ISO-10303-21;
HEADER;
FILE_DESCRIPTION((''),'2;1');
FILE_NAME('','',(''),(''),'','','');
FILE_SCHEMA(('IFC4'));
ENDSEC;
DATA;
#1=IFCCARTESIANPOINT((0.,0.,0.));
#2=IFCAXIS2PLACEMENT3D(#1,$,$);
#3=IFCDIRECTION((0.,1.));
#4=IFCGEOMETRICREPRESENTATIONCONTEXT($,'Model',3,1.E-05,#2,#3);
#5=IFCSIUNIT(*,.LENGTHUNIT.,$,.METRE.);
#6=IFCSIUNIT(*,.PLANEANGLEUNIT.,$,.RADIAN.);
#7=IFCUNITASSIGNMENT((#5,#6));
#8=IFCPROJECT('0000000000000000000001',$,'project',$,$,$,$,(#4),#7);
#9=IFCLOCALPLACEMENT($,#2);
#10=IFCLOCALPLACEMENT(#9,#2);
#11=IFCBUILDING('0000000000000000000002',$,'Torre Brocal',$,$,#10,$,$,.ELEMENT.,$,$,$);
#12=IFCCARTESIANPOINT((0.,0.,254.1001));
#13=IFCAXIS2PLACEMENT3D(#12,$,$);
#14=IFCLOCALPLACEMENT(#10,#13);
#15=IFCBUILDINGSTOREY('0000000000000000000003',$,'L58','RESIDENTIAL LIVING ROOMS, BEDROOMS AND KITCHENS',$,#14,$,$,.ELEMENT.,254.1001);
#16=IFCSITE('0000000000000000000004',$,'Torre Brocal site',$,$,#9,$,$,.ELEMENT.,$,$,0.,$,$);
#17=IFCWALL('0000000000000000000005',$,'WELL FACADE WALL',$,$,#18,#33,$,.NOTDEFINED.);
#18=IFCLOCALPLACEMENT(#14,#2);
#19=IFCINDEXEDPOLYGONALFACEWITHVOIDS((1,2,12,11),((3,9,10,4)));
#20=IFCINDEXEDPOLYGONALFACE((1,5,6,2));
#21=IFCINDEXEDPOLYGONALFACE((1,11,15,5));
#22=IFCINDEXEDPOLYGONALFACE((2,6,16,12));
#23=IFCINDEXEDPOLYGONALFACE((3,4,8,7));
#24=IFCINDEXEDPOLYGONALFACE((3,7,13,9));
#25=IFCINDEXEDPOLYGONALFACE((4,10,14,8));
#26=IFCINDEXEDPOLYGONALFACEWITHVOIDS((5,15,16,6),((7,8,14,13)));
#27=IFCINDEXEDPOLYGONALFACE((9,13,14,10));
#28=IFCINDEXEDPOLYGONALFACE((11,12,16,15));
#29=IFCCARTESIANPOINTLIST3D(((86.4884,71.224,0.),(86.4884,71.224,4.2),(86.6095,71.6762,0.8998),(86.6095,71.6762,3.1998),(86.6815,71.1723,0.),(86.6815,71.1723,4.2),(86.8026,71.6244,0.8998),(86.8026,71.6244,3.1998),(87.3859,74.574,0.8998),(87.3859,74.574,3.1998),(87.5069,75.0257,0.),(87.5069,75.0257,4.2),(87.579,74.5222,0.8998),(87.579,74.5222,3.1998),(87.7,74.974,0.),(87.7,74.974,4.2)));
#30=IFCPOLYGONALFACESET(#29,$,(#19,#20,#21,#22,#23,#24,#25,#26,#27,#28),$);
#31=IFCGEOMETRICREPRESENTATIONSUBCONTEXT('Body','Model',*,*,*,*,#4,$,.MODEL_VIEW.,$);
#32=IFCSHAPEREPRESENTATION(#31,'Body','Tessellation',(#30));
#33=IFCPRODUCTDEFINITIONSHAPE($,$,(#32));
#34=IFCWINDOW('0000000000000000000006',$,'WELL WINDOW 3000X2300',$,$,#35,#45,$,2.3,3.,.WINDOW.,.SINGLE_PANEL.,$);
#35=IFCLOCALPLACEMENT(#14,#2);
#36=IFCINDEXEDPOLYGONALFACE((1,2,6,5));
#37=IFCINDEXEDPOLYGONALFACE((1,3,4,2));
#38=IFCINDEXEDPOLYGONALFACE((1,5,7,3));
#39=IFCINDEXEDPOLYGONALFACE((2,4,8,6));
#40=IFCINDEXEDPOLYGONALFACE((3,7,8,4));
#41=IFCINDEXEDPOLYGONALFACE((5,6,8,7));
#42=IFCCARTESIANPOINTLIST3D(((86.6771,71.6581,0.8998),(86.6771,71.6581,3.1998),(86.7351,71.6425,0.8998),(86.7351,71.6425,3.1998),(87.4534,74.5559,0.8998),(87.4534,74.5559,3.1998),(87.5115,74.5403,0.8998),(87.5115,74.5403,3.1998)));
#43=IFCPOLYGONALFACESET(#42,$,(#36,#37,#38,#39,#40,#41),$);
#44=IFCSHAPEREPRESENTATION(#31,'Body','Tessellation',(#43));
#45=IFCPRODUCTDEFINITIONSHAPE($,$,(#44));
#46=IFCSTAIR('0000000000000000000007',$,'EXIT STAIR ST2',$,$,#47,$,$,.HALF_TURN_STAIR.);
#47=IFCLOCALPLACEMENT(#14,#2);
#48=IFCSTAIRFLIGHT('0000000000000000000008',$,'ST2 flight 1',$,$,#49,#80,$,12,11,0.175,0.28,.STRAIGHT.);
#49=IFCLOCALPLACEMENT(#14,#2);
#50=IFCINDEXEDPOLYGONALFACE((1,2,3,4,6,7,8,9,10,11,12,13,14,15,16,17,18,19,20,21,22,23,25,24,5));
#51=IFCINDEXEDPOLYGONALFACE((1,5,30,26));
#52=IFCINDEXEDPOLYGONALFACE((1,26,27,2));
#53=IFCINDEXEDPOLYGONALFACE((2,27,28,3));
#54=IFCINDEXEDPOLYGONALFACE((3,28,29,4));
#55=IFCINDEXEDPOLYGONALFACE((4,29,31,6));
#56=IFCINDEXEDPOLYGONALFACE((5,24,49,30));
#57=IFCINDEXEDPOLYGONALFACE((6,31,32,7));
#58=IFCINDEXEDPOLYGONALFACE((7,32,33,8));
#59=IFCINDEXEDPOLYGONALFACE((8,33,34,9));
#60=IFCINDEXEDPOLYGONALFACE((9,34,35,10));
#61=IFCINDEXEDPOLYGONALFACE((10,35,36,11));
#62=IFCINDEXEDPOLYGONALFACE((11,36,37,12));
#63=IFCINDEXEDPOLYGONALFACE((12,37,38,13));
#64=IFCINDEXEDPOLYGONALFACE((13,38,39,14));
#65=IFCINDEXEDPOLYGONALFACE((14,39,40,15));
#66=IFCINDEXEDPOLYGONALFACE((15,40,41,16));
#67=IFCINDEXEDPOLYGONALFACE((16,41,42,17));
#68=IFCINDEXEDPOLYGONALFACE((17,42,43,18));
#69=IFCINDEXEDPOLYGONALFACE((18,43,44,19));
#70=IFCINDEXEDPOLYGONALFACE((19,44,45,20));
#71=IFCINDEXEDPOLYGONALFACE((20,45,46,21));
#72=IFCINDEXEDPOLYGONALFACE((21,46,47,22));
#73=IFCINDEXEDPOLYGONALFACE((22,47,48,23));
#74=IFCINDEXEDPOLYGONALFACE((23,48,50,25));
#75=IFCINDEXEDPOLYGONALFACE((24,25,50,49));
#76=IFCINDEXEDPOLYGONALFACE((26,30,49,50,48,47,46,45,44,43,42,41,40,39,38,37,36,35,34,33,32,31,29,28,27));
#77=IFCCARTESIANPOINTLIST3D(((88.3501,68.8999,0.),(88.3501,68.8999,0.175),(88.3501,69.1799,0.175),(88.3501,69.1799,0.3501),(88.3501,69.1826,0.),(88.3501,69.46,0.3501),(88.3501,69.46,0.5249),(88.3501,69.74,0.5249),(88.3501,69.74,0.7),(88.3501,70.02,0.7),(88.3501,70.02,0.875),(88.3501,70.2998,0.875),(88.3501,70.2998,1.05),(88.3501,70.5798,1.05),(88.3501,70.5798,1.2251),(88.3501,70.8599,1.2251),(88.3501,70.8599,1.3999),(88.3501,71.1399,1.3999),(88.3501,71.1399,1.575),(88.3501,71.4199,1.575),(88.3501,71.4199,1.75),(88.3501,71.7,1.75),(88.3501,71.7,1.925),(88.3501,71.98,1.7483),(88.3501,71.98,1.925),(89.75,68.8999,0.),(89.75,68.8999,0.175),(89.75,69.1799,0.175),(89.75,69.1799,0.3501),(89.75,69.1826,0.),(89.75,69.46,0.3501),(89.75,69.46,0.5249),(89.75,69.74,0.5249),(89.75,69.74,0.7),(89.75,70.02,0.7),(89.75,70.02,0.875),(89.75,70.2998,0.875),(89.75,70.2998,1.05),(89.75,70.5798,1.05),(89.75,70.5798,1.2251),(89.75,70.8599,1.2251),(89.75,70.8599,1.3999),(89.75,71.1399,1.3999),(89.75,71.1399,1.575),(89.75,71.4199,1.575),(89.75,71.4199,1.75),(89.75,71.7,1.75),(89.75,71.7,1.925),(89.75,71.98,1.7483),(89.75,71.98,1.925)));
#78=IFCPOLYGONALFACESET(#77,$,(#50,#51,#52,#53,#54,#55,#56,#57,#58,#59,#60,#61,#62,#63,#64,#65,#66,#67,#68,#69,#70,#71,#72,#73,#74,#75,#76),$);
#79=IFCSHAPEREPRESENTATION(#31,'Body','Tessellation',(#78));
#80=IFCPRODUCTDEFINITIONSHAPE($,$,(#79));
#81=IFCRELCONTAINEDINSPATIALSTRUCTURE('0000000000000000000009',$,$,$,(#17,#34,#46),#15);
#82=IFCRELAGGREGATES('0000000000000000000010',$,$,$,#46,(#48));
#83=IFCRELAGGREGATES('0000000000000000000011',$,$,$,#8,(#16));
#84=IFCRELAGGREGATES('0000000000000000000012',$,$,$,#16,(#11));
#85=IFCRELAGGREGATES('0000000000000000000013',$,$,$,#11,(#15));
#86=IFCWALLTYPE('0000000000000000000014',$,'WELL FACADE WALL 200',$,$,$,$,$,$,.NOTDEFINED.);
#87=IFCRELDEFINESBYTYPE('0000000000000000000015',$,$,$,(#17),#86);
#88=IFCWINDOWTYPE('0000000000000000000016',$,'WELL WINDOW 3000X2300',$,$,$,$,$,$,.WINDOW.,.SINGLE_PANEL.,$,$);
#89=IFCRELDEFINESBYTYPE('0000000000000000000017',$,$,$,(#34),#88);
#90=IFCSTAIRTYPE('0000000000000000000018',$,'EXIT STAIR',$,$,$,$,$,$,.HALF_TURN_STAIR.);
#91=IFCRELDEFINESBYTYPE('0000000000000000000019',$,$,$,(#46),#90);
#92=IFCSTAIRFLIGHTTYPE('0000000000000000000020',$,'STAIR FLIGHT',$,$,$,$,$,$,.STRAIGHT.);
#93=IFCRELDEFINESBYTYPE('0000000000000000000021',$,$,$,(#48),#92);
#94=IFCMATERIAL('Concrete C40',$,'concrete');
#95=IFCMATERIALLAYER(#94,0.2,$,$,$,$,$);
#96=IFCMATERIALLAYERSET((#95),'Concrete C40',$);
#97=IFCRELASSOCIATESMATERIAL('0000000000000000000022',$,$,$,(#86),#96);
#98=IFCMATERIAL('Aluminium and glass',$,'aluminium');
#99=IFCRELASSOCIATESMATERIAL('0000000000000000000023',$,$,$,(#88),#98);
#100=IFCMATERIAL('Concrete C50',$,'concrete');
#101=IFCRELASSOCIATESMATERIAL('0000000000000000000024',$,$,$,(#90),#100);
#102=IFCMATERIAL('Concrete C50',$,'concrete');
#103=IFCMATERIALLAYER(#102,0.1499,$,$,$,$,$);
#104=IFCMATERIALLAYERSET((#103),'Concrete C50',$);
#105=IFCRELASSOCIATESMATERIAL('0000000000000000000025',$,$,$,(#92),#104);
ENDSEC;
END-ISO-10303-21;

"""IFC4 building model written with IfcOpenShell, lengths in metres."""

from ifc_helpers import new_model, si_unit, direction, frame, frame_2d, origin, place, context, subcontext, project, spatial, polyline, rectangle, outline, extrude, material, layer, layer_set, type_object, element, fill, aggregate, save


model = new_model("IFC4")

# Units and contexts
model_context = context("Model", 3, precision=1e-05, world=origin(), true_north=direction((0.0, 1.0)))
body_context = subcontext(model_context, "Body", "Model", "MODEL_VIEW")
ifc_project = project(units=[si_unit("LENGTHUNIT", "METRE"), si_unit("PLANEANGLEUNIT", "RADIAN")], contexts=[model_context])

# Site, building, storey
site_placement = place(None, origin())
site = spatial("IfcSite", under=ifc_project, at=site_placement, Name="Torre Brocal site", CompositionType="ELEMENT", RefElevation=0.0)
building_placement = place(site_placement, origin())
building = spatial("IfcBuilding", under=site, at=building_placement, Name="Torre Brocal", CompositionType="ELEMENT")
storey_placement = place(building_placement, frame((0.0, 0.0, 254.1001)))
storey = spatial("IfcBuildingStorey", under=building, at=storey_placement, Name="L58", Description="RESIDENTIAL LIVING ROOMS, BEDROOMS AND KITCHENS", CompositionType="ELEMENT", Elevation=254.1001)

# Wall, opening, window
ifc_material_1 = material(Name="Concrete C40", Category="concrete")
ifc_layer_1 = layer(ifc_material_1, 0.2)
ifc_layer_set_1 = layer_set([ifc_layer_1], Name="Concrete C40")
wall_type_1 = type_object("IfcWallType", Name="WELL FACADE WALL 200", PredefinedType="NOTDEFINED", material=ifc_layer_set_1)
ifc_material_2 = material(Name="Aluminium and glass", Category="aluminium")
window_type = type_object("IfcWindowType", Name="WELL WINDOW 3000X2300", PartitioningType="SINGLE_PANEL", PredefinedType="WINDOW", material=ifc_material_2)
wall_1_placement = place(storey_placement, frame((86.585, 71.1982, 0.0), z_axis=(0.0, 0.0, 1.0), x_axis=(0.25879, 0.965934, 0.0)))
wall_1 = element("IfcWall", 1, at=wall_1_placement, inside=storey, type_object=wall_type_1, Name="WELL FACADE WALL", PredefinedType="NOTDEFINED", context=body_context, shape_type="SweptSolid", body=[
    extrude(rectangle(XDim=3.9358, YDim=0.2, at=frame_2d((1.9678, 0.0))), origin(), (0.0, 0.0, 1.0), 4.2),
])
opening_1_placement = place(wall_1_placement, frame((0.468, 0.0, 0.8999)))
opening_1 = element("IfcOpeningElement", 2, at=opening_1_placement, cuts=wall_1, PredefinedType="OPENING", context=body_context, shape_type="SweptSolid", body=[
    extrude(rectangle(XDim=3.0, YDim=2.3, at=frame_2d((1.5, 1.1499))), frame((0.0, 0.1099, 0.0), z_axis=(0.0, -1.0, 0.0), x_axis=(1.0, 0.0, 0.0)), (0.0, 0.0, 1.0), 0.22),
])
window_1_placement = place(opening_1_placement, origin())
window_1 = element("IfcWindow", 3, at=window_1_placement, inside=storey, type_object=window_type, Name="WELL WINDOW 3000X2300", OverallHeight=2.3, OverallWidth=3.0, PartitioningType="SINGLE_PANEL", PredefinedType="WINDOW", context=body_context, shape_type="SweptSolid", body=[
    extrude(rectangle(XDim=3.0, YDim=2.3, at=frame_2d((1.5, 1.1499))), frame((0.0, 0.03, 0.0), z_axis=(0.0, -1.0, 0.0), x_axis=(1.0, 0.0, 0.0)), (0.0, 0.0, 1.0), 0.0601),
])
fill(opening_1, window_1)

# Stair, stair flight
ifc_material_3 = material(Name="Concrete C50", Category="concrete")
stair_type = type_object("IfcStairType", Name="EXIT STAIR", PredefinedType="HALF_TURN_STAIR", material=ifc_material_3)
stair_placement = place(storey_placement, origin())
stair = element("IfcStair", 4, at=stair_placement, inside=storey, type_object=stair_type, Name="EXIT STAIR ST2", PredefinedType="HALF_TURN_STAIR")
ifc_material_4 = material(Name="Concrete C50", Category="concrete")
ifc_layer_2 = layer(ifc_material_4, 0.1499)
ifc_layer_set_2 = layer_set([ifc_layer_2], Name="Concrete C50")
stair_flight_type = type_object("IfcStairFlightType", Name="STAIR FLIGHT", PredefinedType="STRAIGHT", material=ifc_layer_set_2)
stair_flight_placement = place(storey_placement, frame((89.05, 68.8999, 0.0), z_axis=(0.0, 0.0, 1.0), x_axis=(0.0, 1.0, 0.0)))
stair_flight = element("IfcStairFlight", 5, at=stair_flight_placement, type_object=stair_flight_type, Name="ST2 flight 1", NumberOfRisers=12, NumberOfTreads=11, PredefinedType="STRAIGHT", RiserHeight=0.175, TreadLength=0.28, context=body_context, shape_type="SweptSolid", body=[
    extrude(outline(polyline([(0.0, 0.0), (0.0, 0.175), (0.28, 0.175), (0.28, 0.3501), (0.5601, 0.3501), (0.5601, 0.5249), (0.8401, 0.5249), (0.8401, 0.7), (1.1201, 0.7), (1.1201, 0.875), (1.3999, 0.875), (1.3999, 1.05), (1.6799, 1.05), (1.6799, 1.2251), (1.96, 1.2251), (1.96, 1.3999), (2.24, 1.3999), (2.24, 1.575), (2.52, 1.575), (2.52, 1.75), (2.8, 1.75), (2.8, 1.925), (3.0801, 1.925), (3.0801, 2.1001), (3.0801, 1.7483), (0.2827, 0.0), (0.0, 0.0)])), frame((0.0, 0.7, 0.0), z_axis=(0.0, -1.0, 0.0), x_axis=(1.0, 0.0, 0.0)), (0.0, 0.0, 1.0), 1.3999),
])
aggregate(stair, [stair_flight])

save(model, "model.ifc")
